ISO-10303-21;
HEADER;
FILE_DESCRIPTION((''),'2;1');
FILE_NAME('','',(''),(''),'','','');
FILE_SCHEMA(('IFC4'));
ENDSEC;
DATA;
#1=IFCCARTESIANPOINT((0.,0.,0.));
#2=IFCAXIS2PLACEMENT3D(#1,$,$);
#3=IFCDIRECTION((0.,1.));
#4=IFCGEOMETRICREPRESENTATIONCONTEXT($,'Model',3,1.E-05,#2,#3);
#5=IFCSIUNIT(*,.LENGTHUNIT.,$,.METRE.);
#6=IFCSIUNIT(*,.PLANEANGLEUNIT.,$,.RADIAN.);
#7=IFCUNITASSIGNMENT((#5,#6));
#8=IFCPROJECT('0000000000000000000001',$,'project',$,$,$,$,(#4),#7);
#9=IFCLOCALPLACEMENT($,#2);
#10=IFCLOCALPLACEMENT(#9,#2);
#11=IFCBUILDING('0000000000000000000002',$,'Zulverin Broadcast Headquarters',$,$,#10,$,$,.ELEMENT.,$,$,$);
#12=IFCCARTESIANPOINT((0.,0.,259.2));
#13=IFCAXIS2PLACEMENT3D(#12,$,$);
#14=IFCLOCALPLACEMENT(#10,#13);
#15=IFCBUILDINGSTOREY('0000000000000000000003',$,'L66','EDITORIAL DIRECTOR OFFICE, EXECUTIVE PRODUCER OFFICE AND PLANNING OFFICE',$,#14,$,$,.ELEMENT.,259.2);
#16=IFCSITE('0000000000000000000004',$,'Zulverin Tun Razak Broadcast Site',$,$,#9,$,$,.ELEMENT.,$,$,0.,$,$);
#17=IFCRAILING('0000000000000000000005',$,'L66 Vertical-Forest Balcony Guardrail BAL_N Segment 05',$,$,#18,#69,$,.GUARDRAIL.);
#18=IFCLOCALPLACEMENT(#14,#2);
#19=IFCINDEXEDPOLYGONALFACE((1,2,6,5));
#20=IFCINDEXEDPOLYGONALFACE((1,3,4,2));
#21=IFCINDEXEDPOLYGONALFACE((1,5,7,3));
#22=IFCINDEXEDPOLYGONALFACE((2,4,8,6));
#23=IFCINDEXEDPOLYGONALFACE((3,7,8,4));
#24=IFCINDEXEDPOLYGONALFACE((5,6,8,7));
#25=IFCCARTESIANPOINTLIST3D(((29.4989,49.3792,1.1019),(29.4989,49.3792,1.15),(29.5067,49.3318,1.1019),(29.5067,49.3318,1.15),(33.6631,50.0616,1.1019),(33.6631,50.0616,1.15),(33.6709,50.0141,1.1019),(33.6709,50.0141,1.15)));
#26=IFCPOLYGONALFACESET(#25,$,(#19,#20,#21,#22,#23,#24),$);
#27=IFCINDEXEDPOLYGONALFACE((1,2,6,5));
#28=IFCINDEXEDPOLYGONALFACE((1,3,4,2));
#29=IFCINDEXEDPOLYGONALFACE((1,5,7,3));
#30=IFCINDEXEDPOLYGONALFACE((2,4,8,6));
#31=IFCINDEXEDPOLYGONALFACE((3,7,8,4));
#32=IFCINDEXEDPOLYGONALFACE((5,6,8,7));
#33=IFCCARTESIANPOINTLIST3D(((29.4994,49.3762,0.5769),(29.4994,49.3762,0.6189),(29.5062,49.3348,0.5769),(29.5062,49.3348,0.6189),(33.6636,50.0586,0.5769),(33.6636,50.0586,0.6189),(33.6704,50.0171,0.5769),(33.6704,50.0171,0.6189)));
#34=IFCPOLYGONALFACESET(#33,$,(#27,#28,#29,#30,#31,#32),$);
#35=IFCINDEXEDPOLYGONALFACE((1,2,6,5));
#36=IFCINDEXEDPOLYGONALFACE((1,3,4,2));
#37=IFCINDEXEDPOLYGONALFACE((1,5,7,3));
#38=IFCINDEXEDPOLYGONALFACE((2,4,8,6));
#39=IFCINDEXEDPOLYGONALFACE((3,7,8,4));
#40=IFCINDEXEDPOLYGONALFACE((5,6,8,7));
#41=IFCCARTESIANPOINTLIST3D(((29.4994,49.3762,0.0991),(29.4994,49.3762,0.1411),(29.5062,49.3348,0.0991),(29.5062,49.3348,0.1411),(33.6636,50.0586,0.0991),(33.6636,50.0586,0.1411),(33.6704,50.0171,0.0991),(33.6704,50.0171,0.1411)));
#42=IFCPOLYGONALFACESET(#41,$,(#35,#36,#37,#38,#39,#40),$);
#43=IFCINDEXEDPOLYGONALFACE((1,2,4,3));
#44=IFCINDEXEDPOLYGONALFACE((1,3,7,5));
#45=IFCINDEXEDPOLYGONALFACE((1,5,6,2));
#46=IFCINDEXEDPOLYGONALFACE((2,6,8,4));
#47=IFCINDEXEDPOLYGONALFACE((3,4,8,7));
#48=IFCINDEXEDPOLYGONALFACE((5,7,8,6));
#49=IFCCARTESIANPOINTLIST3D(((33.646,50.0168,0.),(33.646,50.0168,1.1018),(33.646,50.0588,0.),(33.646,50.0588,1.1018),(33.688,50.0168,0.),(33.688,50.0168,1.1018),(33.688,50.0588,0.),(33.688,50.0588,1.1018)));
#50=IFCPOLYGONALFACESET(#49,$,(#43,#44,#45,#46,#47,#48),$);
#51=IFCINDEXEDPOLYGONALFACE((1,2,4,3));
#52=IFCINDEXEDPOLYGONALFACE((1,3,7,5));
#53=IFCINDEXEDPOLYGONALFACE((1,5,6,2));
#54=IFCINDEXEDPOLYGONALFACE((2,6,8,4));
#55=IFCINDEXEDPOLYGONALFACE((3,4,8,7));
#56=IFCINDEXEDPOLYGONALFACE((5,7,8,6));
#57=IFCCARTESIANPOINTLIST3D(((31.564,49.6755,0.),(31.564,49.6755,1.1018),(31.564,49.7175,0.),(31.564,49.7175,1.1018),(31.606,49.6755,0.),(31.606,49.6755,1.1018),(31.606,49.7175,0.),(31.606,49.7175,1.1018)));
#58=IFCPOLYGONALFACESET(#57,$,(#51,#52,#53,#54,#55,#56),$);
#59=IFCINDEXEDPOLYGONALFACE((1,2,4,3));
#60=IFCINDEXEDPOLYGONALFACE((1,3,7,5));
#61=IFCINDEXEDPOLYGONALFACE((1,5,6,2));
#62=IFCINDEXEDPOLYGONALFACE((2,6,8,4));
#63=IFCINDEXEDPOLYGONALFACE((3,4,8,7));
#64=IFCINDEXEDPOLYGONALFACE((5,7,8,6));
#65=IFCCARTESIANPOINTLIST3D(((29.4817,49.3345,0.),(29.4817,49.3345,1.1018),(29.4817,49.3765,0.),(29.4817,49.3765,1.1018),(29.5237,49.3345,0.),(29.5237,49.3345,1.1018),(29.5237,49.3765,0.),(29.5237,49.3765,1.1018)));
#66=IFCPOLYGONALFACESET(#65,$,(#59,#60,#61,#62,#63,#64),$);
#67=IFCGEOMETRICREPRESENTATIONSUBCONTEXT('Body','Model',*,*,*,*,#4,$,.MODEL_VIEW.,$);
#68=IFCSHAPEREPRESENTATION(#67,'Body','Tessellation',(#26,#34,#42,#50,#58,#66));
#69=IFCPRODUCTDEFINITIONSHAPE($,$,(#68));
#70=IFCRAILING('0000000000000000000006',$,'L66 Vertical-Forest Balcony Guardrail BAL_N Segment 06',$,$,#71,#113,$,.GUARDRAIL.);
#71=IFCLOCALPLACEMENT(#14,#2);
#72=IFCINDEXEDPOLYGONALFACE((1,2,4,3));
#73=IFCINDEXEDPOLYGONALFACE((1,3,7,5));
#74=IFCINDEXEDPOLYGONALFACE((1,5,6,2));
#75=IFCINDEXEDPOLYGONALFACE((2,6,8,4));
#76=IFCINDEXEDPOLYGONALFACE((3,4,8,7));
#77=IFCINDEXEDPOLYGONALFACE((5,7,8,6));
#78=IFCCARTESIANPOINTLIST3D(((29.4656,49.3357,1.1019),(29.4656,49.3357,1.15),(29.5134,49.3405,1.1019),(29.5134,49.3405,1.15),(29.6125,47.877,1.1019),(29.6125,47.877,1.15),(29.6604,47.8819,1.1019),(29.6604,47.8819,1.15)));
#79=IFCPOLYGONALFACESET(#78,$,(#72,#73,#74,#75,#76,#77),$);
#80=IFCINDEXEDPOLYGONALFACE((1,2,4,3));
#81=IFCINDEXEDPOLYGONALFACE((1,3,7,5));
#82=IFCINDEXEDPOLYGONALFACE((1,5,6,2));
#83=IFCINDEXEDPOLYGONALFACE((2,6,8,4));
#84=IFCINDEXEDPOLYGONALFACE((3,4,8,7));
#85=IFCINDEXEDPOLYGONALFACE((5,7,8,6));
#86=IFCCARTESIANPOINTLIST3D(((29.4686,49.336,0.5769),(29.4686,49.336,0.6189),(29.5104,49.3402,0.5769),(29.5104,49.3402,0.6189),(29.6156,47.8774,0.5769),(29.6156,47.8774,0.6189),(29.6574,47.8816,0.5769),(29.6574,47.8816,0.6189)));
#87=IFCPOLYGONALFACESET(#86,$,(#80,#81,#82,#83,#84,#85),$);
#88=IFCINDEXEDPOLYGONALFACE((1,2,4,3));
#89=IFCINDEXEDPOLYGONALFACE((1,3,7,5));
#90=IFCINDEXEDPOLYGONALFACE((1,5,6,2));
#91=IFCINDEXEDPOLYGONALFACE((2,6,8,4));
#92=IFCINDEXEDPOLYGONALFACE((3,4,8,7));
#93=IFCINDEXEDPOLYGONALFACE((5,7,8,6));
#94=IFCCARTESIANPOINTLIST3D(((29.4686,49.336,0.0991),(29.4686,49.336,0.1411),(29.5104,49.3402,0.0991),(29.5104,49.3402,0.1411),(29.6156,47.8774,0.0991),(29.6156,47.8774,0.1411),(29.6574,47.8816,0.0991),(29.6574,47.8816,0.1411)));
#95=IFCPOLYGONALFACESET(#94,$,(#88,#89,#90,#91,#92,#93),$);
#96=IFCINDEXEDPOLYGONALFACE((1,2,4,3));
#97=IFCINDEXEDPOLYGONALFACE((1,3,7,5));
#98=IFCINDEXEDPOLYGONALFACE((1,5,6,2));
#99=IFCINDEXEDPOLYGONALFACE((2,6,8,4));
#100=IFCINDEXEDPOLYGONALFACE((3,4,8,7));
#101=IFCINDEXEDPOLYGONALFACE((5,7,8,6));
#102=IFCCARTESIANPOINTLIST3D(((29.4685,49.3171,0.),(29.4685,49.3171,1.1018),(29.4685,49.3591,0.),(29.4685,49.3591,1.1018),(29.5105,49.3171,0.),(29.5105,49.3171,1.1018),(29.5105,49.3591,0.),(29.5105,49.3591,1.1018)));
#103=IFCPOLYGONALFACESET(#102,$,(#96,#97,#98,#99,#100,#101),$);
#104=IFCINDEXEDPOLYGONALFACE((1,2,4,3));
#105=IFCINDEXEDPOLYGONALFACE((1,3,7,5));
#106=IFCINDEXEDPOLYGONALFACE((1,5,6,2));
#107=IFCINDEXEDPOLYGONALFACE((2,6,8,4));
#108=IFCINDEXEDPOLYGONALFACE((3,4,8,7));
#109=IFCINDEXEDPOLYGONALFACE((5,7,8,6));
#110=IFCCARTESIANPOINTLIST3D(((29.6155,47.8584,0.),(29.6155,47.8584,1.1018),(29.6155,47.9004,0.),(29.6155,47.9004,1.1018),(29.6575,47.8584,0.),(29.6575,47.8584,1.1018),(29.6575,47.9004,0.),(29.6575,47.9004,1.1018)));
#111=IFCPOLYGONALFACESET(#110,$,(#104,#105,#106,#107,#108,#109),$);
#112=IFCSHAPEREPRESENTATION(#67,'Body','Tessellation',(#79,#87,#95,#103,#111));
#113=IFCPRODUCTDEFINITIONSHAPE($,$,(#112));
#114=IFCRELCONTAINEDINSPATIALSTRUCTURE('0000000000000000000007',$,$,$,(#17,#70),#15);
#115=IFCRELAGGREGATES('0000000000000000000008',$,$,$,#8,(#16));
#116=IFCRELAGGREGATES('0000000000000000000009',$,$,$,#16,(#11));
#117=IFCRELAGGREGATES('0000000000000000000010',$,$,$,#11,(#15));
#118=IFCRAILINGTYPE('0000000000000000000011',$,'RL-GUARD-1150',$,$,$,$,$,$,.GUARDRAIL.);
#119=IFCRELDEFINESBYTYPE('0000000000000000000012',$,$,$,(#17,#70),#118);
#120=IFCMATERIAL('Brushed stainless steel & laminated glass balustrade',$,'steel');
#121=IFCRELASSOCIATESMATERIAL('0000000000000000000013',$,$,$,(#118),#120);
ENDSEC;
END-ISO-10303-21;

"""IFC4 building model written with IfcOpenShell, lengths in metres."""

from ifc_helpers import new_model, si_unit, direction, frame, origin, origin_2d, place, context, subcontext, project, spatial, rectangle, extrude, material, type_object, element, save


model = new_model("IFC4")

# Units and contexts
model_context = context("Model", 3, precision=1e-05, world=origin(), true_north=direction((0.0, 1.0)))
body_context = subcontext(model_context, "Body", "Model", "MODEL_VIEW")
ifc_project = project(units=[si_unit("LENGTHUNIT", "METRE"), si_unit("PLANEANGLEUNIT", "RADIAN")], contexts=[model_context])

# Site, building, storey
site_placement = place(None, origin())
site = spatial("IfcSite", under=ifc_project, at=site_placement, Name="Zulverin Tun Razak Broadcast Site", CompositionType="ELEMENT", RefElevation=0.0)
building_placement = place(site_placement, origin())
building = spatial("IfcBuilding", under=site, at=building_placement, Name="Zulverin Broadcast Headquarters", CompositionType="ELEMENT")
storey_placement = place(building_placement, frame((0.0, 0.0, 259.2)))
storey = spatial("IfcBuildingStorey", under=building, at=storey_placement, Name="L66", Description="EDITORIAL DIRECTOR OFFICE, EXECUTIVE PRODUCER OFFICE AND PLANNING OFFICE", CompositionType="ELEMENT", Elevation=259.2)

# Railings
ifc_material_1 = material(Name="Brushed stainless steel & laminated glass balustrade", Category="steel")
railing_type = type_object("IfcRailingType", Name="RL-GUARD-1150", PredefinedType="GUARDRAIL", material=ifc_material_1)
railing_1_placement = place(storey_placement, frame((33.667, 50.0378, 0.0)))
element("IfcRailing", 1, at=railing_1_placement, inside=storey, type_object=railing_type, Name="L66 Vertical-Forest Balcony Guardrail BAL_N Segment 05", PredefinedType="GUARDRAIL", context=body_context, shape_type="SweptSolid", body=[
    extrude(rectangle(XDim=0.0481, YDim=0.0481, at=origin_2d()), frame((0.0, 0.0, 1.126), z_axis=(-0.986839, -0.161706, 0.0), x_axis=(0.161706, -0.986839, 0.0)), (0.0, 0.0, 1.0), 4.2197),
    extrude(rectangle(XDim=0.042, YDim=0.042, at=origin_2d()), frame((0.0, 0.0, 0.5979), z_axis=(-0.986839, -0.161706, 0.0), x_axis=(0.161706, -0.986839, 0.0)), (0.0, 0.0, 1.0), 4.2197),
    extrude(rectangle(XDim=0.042, YDim=0.042, at=origin_2d()), frame((0.0, 0.0, 0.1201), z_axis=(-0.986839, -0.161706, 0.0), x_axis=(0.161706, -0.986839, 0.0)), (0.0, 0.0, 1.0), 4.2197),
    extrude(rectangle(XDim=0.042, YDim=0.042, at=origin_2d()), origin(), (0.0, 0.0, 1.0), 1.1018),
    extrude(rectangle(XDim=0.042, YDim=0.042, at=origin_2d()), frame((-2.082, -0.3413, 0.0)), (0.0, 0.0, 1.0), 1.1018),
    extrude(rectangle(XDim=0.042, YDim=0.042, at=origin_2d()), frame((-4.1643, -0.6824, 0.0)), (0.0, 0.0, 1.0), 1.1018),
])
railing_2_placement = place(storey_placement, frame((29.4895, 49.3381, 0.0)))
element("IfcRailing", 2, at=railing_2_placement, inside=storey, type_object=railing_type, Name="L66 Vertical-Forest Balcony Guardrail BAL_N Segment 06", PredefinedType="GUARDRAIL", context=body_context, shape_type="SweptSolid", body=[
    extrude(rectangle(XDim=0.0481, YDim=0.0481, at=origin_2d()), frame((0.0, 0.0, 1.126), z_axis=(0.100246, -0.994963, 0.0), x_axis=(0.994963, 0.100246, 0.0)), (0.0, 0.0, 1.0), 1.4661),
    extrude(rectangle(XDim=0.042, YDim=0.042, at=origin_2d()), frame((0.0, 0.0, 0.5979), z_axis=(0.100246, -0.994963, 0.0), x_axis=(0.994963, 0.100246, 0.0)), (0.0, 0.0, 1.0), 1.4661),
    extrude(rectangle(XDim=0.042, YDim=0.042, at=origin_2d()), frame((0.0, 0.0, 0.1201), z_axis=(0.100246, -0.994963, 0.0), x_axis=(0.994963, 0.100246, 0.0)), (0.0, 0.0, 1.0), 1.4661),
    extrude(rectangle(XDim=0.042, YDim=0.042, at=origin_2d()), origin(), (0.0, 0.0, 1.0), 1.1018),
    extrude(rectangle(XDim=0.042, YDim=0.042, at=origin_2d()), frame((0.147, -1.4587, 0.0)), (0.0, 0.0, 1.0), 1.1018),
])

save(model, "model.ifc")
